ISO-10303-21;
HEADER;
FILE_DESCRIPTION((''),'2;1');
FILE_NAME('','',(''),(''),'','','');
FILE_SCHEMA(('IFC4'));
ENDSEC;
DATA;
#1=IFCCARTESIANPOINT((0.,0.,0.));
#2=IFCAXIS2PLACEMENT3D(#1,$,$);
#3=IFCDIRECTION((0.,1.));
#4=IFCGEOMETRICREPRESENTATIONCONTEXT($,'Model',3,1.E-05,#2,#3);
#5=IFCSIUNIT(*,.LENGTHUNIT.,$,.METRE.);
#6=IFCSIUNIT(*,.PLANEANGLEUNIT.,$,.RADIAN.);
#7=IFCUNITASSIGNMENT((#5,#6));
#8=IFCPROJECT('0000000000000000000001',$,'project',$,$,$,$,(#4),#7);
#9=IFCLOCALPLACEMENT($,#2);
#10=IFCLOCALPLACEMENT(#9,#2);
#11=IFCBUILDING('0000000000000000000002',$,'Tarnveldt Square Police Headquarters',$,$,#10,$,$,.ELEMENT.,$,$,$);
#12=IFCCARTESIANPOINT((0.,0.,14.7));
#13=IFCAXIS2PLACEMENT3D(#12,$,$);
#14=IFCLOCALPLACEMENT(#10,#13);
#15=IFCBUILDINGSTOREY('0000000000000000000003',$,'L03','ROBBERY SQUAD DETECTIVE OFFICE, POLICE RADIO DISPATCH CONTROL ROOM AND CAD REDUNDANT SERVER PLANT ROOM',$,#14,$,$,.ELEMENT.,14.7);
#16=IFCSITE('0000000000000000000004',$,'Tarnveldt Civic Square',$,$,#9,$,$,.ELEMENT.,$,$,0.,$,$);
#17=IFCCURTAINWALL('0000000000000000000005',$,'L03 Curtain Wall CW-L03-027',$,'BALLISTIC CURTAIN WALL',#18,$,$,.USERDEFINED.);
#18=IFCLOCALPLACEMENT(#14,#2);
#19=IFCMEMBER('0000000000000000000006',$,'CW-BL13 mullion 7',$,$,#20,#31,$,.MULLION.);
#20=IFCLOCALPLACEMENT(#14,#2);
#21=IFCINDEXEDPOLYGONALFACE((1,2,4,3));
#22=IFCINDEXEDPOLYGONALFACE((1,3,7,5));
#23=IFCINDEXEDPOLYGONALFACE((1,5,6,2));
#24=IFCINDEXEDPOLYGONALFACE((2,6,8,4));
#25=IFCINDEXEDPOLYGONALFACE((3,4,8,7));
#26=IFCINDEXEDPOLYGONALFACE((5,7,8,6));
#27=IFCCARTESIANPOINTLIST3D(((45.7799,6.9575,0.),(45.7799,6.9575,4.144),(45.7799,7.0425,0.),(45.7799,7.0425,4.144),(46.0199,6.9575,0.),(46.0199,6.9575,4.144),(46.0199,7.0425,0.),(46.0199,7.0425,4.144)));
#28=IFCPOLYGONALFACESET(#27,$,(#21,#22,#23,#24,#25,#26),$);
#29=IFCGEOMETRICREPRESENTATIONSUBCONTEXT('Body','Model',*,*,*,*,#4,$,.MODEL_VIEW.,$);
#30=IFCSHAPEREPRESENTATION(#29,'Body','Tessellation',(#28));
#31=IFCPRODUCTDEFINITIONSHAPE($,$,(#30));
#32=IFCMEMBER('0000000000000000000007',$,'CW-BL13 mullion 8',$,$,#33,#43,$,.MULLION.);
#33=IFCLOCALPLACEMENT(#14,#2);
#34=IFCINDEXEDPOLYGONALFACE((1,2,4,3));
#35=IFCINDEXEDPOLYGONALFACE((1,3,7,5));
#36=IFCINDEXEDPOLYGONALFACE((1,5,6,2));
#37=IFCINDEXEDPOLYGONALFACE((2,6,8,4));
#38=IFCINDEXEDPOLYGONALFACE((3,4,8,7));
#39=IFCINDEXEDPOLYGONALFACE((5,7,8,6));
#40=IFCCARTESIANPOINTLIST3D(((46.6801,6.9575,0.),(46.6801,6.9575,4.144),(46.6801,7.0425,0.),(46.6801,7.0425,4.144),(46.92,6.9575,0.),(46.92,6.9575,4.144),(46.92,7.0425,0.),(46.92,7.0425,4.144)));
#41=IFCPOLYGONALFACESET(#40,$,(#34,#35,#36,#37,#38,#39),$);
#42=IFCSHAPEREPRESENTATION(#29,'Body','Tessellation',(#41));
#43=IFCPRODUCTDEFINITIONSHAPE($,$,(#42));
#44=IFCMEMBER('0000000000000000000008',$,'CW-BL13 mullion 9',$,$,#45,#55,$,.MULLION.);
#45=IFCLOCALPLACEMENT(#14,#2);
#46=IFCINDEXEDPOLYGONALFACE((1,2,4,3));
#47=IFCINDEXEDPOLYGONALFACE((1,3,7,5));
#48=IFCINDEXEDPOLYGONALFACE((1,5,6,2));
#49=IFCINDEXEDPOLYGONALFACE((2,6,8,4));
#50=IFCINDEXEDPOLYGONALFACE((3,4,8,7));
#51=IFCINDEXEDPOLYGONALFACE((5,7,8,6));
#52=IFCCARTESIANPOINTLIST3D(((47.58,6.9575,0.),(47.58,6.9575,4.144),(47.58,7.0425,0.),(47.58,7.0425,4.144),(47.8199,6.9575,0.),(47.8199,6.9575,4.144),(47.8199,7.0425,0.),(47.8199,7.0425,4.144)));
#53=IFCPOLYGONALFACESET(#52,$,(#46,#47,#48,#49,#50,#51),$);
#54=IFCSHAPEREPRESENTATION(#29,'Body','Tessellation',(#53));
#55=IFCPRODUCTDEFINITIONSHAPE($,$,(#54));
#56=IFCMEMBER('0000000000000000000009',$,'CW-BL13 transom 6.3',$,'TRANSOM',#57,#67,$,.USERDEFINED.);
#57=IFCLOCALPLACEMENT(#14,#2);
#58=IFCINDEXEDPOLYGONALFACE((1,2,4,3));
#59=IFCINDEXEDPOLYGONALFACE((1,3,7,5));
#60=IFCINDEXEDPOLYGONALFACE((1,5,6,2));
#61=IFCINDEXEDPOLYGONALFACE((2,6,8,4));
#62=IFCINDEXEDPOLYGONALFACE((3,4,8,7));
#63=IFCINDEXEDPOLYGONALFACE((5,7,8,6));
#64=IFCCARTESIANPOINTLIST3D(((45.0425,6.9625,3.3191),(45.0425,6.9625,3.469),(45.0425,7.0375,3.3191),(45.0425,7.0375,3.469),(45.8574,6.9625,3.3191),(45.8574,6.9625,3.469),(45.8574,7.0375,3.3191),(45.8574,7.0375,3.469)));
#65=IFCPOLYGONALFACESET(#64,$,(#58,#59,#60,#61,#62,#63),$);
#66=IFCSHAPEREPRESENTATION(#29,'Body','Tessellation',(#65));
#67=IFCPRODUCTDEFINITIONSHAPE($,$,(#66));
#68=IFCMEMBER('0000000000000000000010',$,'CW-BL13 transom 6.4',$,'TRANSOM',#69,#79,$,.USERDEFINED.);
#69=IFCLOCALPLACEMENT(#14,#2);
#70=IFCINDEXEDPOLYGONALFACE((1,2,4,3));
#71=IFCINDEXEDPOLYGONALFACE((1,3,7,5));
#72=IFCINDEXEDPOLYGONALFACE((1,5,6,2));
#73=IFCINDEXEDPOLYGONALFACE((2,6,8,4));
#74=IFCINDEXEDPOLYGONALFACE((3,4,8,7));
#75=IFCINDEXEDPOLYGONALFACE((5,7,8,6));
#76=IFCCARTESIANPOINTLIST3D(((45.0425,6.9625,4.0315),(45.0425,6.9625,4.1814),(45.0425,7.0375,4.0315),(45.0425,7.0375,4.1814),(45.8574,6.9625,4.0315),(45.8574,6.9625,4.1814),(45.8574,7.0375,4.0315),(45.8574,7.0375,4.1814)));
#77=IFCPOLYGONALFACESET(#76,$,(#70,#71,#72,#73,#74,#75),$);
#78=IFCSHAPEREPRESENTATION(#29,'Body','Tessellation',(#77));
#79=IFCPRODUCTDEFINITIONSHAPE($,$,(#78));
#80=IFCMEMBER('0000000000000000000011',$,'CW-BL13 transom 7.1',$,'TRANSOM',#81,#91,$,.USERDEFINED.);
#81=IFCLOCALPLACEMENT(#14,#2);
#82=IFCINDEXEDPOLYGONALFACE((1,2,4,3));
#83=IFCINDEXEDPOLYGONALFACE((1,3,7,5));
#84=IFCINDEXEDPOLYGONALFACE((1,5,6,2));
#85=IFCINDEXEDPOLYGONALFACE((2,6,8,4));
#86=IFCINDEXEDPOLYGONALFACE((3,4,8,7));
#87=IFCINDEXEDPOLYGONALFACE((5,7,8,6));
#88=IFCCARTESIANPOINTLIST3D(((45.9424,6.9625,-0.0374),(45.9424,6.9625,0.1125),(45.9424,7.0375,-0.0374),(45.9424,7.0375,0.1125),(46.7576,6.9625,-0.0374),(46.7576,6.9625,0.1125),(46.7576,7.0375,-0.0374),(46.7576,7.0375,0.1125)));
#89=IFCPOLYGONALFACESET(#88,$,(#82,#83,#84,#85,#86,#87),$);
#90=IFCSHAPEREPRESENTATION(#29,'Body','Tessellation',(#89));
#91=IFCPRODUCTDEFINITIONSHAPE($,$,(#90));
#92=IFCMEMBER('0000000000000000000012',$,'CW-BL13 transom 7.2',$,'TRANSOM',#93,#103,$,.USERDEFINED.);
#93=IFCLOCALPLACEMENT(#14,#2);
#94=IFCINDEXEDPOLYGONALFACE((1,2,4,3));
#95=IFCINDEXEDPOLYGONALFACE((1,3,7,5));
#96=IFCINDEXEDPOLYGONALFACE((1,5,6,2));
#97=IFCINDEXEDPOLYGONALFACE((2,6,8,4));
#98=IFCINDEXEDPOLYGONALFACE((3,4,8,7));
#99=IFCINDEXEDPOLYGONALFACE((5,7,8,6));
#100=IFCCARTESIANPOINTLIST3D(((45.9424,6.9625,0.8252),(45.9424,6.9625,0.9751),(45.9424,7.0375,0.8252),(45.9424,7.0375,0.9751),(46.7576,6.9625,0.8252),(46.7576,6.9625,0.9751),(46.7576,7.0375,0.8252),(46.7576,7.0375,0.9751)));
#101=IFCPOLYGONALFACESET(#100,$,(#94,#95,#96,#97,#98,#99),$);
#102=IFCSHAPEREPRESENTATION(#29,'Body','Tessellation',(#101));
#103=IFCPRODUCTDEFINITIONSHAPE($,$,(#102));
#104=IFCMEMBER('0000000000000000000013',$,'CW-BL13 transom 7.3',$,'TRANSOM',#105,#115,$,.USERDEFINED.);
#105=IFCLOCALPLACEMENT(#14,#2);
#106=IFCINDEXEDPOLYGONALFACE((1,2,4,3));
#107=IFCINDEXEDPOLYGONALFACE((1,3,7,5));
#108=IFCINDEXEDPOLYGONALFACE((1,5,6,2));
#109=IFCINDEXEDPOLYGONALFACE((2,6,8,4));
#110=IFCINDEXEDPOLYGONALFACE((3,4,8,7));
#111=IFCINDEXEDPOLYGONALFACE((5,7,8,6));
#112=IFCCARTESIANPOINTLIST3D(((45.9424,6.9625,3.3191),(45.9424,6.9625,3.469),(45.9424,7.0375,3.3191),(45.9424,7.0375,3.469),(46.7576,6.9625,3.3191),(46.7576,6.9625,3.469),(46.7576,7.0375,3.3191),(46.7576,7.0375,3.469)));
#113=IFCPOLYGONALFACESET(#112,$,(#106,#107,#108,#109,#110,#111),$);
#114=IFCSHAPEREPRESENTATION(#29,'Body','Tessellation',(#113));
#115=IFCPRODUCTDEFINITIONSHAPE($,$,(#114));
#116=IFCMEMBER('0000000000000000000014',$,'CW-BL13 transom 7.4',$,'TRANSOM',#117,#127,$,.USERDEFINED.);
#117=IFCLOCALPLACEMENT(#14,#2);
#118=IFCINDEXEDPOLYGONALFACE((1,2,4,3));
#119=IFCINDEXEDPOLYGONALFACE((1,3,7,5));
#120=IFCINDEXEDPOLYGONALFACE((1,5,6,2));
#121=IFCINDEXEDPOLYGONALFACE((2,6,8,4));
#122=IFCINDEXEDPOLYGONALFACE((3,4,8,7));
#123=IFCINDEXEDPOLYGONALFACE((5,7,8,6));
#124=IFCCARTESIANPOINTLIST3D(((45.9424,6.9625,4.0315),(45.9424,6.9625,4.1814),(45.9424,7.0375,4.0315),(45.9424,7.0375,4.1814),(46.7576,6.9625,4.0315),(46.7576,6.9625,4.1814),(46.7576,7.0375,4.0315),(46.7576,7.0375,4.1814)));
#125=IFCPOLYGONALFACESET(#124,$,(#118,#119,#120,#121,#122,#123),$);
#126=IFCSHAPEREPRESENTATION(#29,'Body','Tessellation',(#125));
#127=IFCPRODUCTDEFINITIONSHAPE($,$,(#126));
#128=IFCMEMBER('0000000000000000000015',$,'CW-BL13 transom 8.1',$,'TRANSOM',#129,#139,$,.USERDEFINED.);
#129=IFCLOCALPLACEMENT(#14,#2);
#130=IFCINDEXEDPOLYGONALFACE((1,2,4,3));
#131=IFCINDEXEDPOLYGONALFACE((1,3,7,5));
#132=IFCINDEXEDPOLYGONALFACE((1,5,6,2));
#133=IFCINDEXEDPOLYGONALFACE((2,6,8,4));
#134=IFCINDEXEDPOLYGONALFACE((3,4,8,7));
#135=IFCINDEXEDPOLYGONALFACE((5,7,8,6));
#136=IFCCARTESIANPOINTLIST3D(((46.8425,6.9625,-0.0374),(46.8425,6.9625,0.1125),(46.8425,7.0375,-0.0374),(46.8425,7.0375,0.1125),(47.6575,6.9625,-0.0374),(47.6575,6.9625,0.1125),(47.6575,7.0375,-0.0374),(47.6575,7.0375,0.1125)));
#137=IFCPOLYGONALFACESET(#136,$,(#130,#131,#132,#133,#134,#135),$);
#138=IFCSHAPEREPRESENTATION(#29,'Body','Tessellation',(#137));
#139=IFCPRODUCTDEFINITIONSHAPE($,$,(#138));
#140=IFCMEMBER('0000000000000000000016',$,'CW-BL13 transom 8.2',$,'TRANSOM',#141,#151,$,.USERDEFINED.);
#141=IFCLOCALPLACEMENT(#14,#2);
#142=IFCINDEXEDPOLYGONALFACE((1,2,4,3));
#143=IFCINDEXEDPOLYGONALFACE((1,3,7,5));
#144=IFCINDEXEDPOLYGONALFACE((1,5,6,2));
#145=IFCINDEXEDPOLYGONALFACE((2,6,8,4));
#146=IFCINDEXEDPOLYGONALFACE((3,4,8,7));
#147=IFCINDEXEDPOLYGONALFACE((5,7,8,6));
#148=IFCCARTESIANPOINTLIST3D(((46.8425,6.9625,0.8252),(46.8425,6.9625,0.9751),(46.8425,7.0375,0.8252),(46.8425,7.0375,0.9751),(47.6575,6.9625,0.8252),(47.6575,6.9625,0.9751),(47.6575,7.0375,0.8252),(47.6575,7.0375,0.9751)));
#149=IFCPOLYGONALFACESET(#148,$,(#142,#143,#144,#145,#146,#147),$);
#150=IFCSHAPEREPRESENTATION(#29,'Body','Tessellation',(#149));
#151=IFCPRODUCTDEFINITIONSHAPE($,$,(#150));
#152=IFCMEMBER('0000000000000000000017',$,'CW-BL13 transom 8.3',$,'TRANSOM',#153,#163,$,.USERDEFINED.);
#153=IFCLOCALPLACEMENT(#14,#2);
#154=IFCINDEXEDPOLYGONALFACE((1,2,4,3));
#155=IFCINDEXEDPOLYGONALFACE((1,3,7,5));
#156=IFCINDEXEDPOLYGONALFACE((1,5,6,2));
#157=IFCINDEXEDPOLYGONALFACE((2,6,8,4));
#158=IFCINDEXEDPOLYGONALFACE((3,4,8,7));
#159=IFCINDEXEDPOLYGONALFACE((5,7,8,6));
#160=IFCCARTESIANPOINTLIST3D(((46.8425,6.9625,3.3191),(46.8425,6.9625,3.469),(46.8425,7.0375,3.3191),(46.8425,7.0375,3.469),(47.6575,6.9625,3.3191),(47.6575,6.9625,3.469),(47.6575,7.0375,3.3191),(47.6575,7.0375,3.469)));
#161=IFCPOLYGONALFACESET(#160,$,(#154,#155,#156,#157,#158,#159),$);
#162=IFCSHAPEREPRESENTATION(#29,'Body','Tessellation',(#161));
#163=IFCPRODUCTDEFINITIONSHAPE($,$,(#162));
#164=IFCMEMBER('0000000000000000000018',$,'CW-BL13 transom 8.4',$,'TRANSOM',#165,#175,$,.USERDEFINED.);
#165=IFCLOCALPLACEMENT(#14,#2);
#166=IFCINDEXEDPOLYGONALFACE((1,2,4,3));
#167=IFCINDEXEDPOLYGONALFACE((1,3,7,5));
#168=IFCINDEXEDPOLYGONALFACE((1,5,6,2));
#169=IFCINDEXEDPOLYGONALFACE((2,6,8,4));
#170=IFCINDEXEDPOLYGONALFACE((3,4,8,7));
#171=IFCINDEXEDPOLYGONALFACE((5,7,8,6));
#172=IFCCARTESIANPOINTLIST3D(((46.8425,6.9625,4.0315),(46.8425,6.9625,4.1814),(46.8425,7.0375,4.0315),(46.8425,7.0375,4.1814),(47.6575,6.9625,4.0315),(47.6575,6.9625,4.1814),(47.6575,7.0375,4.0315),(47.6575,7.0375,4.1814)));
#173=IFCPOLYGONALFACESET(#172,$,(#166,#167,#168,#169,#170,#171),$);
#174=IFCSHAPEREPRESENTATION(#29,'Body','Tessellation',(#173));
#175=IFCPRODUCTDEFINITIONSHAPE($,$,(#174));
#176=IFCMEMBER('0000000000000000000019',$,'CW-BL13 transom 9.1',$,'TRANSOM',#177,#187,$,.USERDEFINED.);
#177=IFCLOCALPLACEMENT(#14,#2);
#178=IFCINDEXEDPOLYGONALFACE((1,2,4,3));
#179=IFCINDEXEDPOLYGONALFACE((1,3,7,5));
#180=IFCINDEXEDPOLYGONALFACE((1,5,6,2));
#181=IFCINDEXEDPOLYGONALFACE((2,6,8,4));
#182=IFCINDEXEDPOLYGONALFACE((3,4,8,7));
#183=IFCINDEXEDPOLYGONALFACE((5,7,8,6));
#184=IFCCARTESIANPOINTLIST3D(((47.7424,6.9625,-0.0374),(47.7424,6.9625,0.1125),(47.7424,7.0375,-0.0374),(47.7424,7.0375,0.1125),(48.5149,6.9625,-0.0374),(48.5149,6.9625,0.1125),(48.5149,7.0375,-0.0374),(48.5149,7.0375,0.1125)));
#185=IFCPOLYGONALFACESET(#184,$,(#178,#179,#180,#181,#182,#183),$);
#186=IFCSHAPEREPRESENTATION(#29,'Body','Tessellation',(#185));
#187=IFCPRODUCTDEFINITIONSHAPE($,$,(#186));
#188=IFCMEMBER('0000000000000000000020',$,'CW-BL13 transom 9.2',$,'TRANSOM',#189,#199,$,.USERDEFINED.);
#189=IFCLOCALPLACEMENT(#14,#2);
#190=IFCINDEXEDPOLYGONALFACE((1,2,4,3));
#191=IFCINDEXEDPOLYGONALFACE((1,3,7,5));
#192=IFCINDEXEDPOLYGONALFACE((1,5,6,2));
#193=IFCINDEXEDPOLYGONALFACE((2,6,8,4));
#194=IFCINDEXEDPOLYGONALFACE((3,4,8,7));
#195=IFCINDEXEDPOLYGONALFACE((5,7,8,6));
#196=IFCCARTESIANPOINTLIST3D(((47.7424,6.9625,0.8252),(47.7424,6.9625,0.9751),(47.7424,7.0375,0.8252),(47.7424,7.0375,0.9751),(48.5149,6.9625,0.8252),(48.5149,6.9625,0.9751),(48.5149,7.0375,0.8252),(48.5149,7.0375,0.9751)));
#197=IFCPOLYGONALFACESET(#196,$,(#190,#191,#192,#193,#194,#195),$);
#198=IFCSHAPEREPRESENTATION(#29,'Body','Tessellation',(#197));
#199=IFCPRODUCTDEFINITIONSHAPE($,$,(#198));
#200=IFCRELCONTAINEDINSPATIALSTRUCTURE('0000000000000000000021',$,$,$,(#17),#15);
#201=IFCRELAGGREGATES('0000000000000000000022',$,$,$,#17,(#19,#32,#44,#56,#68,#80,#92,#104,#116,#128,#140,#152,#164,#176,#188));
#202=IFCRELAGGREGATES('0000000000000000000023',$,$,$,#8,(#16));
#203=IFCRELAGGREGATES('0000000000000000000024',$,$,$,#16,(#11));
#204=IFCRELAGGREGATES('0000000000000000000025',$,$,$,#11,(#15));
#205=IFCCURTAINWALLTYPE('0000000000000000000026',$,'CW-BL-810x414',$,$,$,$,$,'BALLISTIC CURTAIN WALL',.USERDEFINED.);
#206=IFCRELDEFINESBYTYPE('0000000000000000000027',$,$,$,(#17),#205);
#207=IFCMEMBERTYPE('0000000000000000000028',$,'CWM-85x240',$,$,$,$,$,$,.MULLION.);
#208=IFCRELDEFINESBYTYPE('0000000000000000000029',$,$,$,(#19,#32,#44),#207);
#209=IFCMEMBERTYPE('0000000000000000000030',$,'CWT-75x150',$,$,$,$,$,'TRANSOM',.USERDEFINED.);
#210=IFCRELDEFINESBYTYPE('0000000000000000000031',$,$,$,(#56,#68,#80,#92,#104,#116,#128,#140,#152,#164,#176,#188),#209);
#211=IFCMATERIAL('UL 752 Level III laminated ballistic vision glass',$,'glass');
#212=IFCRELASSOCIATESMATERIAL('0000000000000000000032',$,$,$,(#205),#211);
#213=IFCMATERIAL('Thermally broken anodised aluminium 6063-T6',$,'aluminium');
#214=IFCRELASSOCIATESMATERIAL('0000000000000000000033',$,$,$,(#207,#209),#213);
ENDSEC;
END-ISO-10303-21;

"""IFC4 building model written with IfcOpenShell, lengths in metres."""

from ifc_helpers import new_model, si_unit, direction, frame, origin, origin_2d, place, context, subcontext, project, spatial, rectangle, extrude, material, material_profile, profile_set, type_object, element, aggregate, save


model = new_model("IFC4")

# Units and contexts
model_context = context("Model", 3, precision=1e-05, world=origin(), true_north=direction((0.0, 1.0)))
body_context = subcontext(model_context, "Body", "Model", "MODEL_VIEW")
ifc_project = project(units=[si_unit("LENGTHUNIT", "METRE"), si_unit("PLANEANGLEUNIT", "RADIAN")], contexts=[model_context])

# Site, building, storey
site_placement = place(None, origin())
site = spatial("IfcSite", under=ifc_project, at=site_placement, Name="Tarnveldt Civic Square", CompositionType="ELEMENT", RefElevation=0.0)
building_placement = place(site_placement, origin())
building = spatial("IfcBuilding", under=site, at=building_placement, Name="Tarnveldt Square Police Headquarters", CompositionType="ELEMENT")
storey_placement = place(building_placement, frame((0.0, 0.0, 14.7)))
storey = spatial("IfcBuildingStorey", under=building, at=storey_placement, Name="L03", Description="ROBBERY SQUAD DETECTIVE OFFICE, POLICE RADIO DISPATCH CONTROL ROOM AND CAD REDUNDANT SERVER PLANT ROOM", CompositionType="ELEMENT", Elevation=14.7)

# Curtain wall, members
ifc_material_1 = material(Name="UL 752 Level III laminated ballistic vision glass", Category="glass")
curtain_wall_type = type_object("IfcCurtainWallType", Name="CW-BL-810x414", ElementType="BALLISTIC CURTAIN WALL", PredefinedType="USERDEFINED", material=ifc_material_1)
curtain_wall_placement = place(storey_placement, origin())
curtain_wall = element("IfcCurtainWall", 1, at=curtain_wall_placement, inside=storey, type_object=curtain_wall_type, Name="L03 Curtain Wall CW-L03-027", ObjectType="BALLISTIC CURTAIN WALL", PredefinedType="USERDEFINED")
ifc_material_2 = material(Name="Thermally broken anodised aluminium 6063-T6", Category="aluminium")
ifc_material_profile_1 = material_profile(ifc_material_2, rectangle(XDim=0.085, YDim=0.24, at=origin_2d()), Name="CW-M85x240")
ifc_profile_set_1 = profile_set([ifc_material_profile_1], Name="Thermally broken anodised aluminium 6063-T6")
member_type_1 = type_object("IfcMemberType", Name="CWM-85x240", PredefinedType="MULLION", material=ifc_profile_set_1)
member_1_placement = place(storey_placement, frame((45.8999, 7.0, 0.0), z_axis=(0.0, 0.0, 1.0), x_axis=(0.0, 1.0, 0.0)))
member_1 = element("IfcMember", 2, at=member_1_placement, type_object=member_type_1, Name="CW-BL13 mullion 7", PredefinedType="MULLION", context=body_context, shape_type="SweptSolid", body=[
    extrude(rectangle(XDim=0.085, YDim=0.24, at=origin_2d()), origin(), (0.0, 0.0, 1.0), 4.144),
])
member_2_placement = place(storey_placement, frame((46.8, 7.0, 0.0), z_axis=(0.0, 0.0, 1.0), x_axis=(0.0, 1.0, 0.0)))
member_2 = element("IfcMember", 3, at=member_2_placement, type_object=member_type_1, Name="CW-BL13 mullion 8", PredefinedType="MULLION", context=body_context, shape_type="SweptSolid", body=[
    extrude(rectangle(XDim=0.085, YDim=0.24, at=origin_2d()), origin(), (0.0, 0.0, 1.0), 4.144),
])
member_3_placement = place(storey_placement, frame((47.7, 7.0, 0.0), z_axis=(0.0, 0.0, 1.0), x_axis=(0.0, 1.0, 0.0)))
member_3 = element("IfcMember", 4, at=member_3_placement, type_object=member_type_1, Name="CW-BL13 mullion 9", PredefinedType="MULLION", context=body_context, shape_type="SweptSolid", body=[
    extrude(rectangle(XDim=0.085, YDim=0.24, at=origin_2d()), origin(), (0.0, 0.0, 1.0), 4.144),
])
ifc_material_profile_2 = material_profile(ifc_material_2, rectangle(XDim=0.075, YDim=0.1499, at=origin_2d()), Name="CW-T75x150")
ifc_profile_set_2 = profile_set([ifc_material_profile_2], Name="Thermally broken anodised aluminium 6063-T6")
member_type_2 = type_object("IfcMemberType", Name="CWT-75x150", ElementType="TRANSOM", PredefinedType="USERDEFINED", material=ifc_profile_set_2)
member_4_placement = place(storey_placement, frame((45.0425, 7.0, 3.394), z_axis=(1.0, 0.0, 0.0), x_axis=(0.0, 1.0, 0.0)))
member_4 = element("IfcMember", 5, at=member_4_placement, type_object=member_type_2, Name="CW-BL13 transom 6.3", ObjectType="TRANSOM", PredefinedType="USERDEFINED", context=body_context, shape_type="SweptSolid", body=[
    extrude(rectangle(XDim=0.075, YDim=0.1499, at=origin_2d()), origin(), (0.0, 0.0, 1.0), 0.8149),
])
member_5_placement = place(storey_placement, frame((45.0425, 7.0, 4.1064), z_axis=(1.0, 0.0, 0.0), x_axis=(0.0, 1.0, 0.0)))
member_5 = element("IfcMember", 6, at=member_5_placement, type_object=member_type_2, Name="CW-BL13 transom 6.4", ObjectType="TRANSOM", PredefinedType="USERDEFINED", context=body_context, shape_type="SweptSolid", body=[
    extrude(rectangle(XDim=0.075, YDim=0.1499, at=origin_2d()), origin(), (0.0, 0.0, 1.0), 0.8149),
])
member_6_placement = place(storey_placement, frame((45.9424, 7.0, 0.0376), z_axis=(1.0, 0.0, 0.0), x_axis=(0.0, 1.0, 0.0)))
member_6 = element("IfcMember", 7, at=member_6_placement, type_object=member_type_2, Name="CW-BL13 transom 7.1", ObjectType="TRANSOM", PredefinedType="USERDEFINED", context=body_context, shape_type="SweptSolid", body=[
    extrude(rectangle(XDim=0.075, YDim=0.1499, at=origin_2d()), origin(), (0.0, 0.0, 1.0), 0.8152),
])
member_7_placement = place(storey_placement, frame((45.9424, 7.0, 0.9001), z_axis=(1.0, 0.0, 0.0), x_axis=(0.0, 1.0, 0.0)))
member_7 = element("IfcMember", 8, at=member_7_placement, type_object=member_type_2, Name="CW-BL13 transom 7.2", ObjectType="TRANSOM", PredefinedType="USERDEFINED", context=body_context, shape_type="SweptSolid", body=[
    extrude(rectangle(XDim=0.075, YDim=0.1499, at=origin_2d()), origin(), (0.0, 0.0, 1.0), 0.8152),
])
member_8_placement = place(storey_placement, frame((45.9424, 7.0, 3.394), z_axis=(1.0, 0.0, 0.0), x_axis=(0.0, 1.0, 0.0)))
member_8 = element("IfcMember", 9, at=member_8_placement, type_object=member_type_2, Name="CW-BL13 transom 7.3", ObjectType="TRANSOM", PredefinedType="USERDEFINED", context=body_context, shape_type="SweptSolid", body=[
    extrude(rectangle(XDim=0.075, YDim=0.1499, at=origin_2d()), origin(), (0.0, 0.0, 1.0), 0.8152),
])
member_9_placement = place(storey_placement, frame((45.9424, 7.0, 4.1064), z_axis=(1.0, 0.0, 0.0), x_axis=(0.0, 1.0, 0.0)))
member_9 = element("IfcMember", 10, at=member_9_placement, type_object=member_type_2, Name="CW-BL13 transom 7.4", ObjectType="TRANSOM", PredefinedType="USERDEFINED", context=body_context, shape_type="SweptSolid", body=[
    extrude(rectangle(XDim=0.075, YDim=0.1499, at=origin_2d()), origin(), (0.0, 0.0, 1.0), 0.8152),
])
member_10_placement = place(storey_placement, frame((46.8425, 7.0, 0.0376), z_axis=(1.0, 0.0, 0.0), x_axis=(0.0, 1.0, 0.0)))
member_10 = element("IfcMember", 11, at=member_10_placement, type_object=member_type_2, Name="CW-BL13 transom 8.1", ObjectType="TRANSOM", PredefinedType="USERDEFINED", context=body_context, shape_type="SweptSolid", body=[
    extrude(rectangle(XDim=0.075, YDim=0.1499, at=origin_2d()), origin(), (0.0, 0.0, 1.0), 0.8149),
])
member_11_placement = place(storey_placement, frame((46.8425, 7.0, 0.9001), z_axis=(1.0, 0.0, 0.0), x_axis=(0.0, 1.0, 0.0)))
member_11 = element("IfcMember", 12, at=member_11_placement, type_object=member_type_2, Name="CW-BL13 transom 8.2", ObjectType="TRANSOM", PredefinedType="USERDEFINED", context=body_context, shape_type="SweptSolid", body=[
    extrude(rectangle(XDim=0.075, YDim=0.1499, at=origin_2d()), origin(), (0.0, 0.0, 1.0), 0.8149),
])
member_12_placement = place(storey_placement, frame((46.8425, 7.0, 3.394), z_axis=(1.0, 0.0, 0.0), x_axis=(0.0, 1.0, 0.0)))
member_12 = element("IfcMember", 13, at=member_12_placement, type_object=member_type_2, Name="CW-BL13 transom 8.3", ObjectType="TRANSOM", PredefinedType="USERDEFINED", context=body_context, shape_type="SweptSolid", body=[
    extrude(rectangle(XDim=0.075, YDim=0.1499, at=origin_2d()), origin(), (0.0, 0.0, 1.0), 0.8149),
])
member_13_placement = place(storey_placement, frame((46.8425, 7.0, 4.1064), z_axis=(1.0, 0.0, 0.0), x_axis=(0.0, 1.0, 0.0)))
member_13 = element("IfcMember", 14, at=member_13_placement, type_object=member_type_2, Name="CW-BL13 transom 8.4", ObjectType="TRANSOM", PredefinedType="USERDEFINED", context=body_context, shape_type="SweptSolid", body=[
    extrude(rectangle(XDim=0.075, YDim=0.1499, at=origin_2d()), origin(), (0.0, 0.0, 1.0), 0.8149),
])
member_14_placement = place(storey_placement, frame((47.7424, 7.0, 0.0376), z_axis=(1.0, 0.0, 0.0), x_axis=(0.0, 1.0, 0.0)))
member_14 = element("IfcMember", 15, at=member_14_placement, type_object=member_type_2, Name="CW-BL13 transom 9.1", ObjectType="TRANSOM", PredefinedType="USERDEFINED", context=body_context, shape_type="SweptSolid", body=[
    extrude(rectangle(XDim=0.075, YDim=0.1499, at=origin_2d()), origin(), (0.0, 0.0, 1.0), 0.7725),
])
member_15_placement = place(storey_placement, frame((47.7424, 7.0, 0.9001), z_axis=(1.0, 0.0, 0.0), x_axis=(0.0, 1.0, 0.0)))
member_15 = element("IfcMember", 16, at=member_15_placement, type_object=member_type_2, Name="CW-BL13 transom 9.2", ObjectType="TRANSOM", PredefinedType="USERDEFINED", context=body_context, shape_type="SweptSolid", body=[
    extrude(rectangle(XDim=0.075, YDim=0.1499, at=origin_2d()), origin(), (0.0, 0.0, 1.0), 0.7725),
])

aggregate(curtain_wall, [member_1, member_2, member_3, member_4, member_5, member_6, member_7, member_8, member_9, member_10, member_11, member_12, member_13, member_14, member_15])

save(model, "model.ifc")
